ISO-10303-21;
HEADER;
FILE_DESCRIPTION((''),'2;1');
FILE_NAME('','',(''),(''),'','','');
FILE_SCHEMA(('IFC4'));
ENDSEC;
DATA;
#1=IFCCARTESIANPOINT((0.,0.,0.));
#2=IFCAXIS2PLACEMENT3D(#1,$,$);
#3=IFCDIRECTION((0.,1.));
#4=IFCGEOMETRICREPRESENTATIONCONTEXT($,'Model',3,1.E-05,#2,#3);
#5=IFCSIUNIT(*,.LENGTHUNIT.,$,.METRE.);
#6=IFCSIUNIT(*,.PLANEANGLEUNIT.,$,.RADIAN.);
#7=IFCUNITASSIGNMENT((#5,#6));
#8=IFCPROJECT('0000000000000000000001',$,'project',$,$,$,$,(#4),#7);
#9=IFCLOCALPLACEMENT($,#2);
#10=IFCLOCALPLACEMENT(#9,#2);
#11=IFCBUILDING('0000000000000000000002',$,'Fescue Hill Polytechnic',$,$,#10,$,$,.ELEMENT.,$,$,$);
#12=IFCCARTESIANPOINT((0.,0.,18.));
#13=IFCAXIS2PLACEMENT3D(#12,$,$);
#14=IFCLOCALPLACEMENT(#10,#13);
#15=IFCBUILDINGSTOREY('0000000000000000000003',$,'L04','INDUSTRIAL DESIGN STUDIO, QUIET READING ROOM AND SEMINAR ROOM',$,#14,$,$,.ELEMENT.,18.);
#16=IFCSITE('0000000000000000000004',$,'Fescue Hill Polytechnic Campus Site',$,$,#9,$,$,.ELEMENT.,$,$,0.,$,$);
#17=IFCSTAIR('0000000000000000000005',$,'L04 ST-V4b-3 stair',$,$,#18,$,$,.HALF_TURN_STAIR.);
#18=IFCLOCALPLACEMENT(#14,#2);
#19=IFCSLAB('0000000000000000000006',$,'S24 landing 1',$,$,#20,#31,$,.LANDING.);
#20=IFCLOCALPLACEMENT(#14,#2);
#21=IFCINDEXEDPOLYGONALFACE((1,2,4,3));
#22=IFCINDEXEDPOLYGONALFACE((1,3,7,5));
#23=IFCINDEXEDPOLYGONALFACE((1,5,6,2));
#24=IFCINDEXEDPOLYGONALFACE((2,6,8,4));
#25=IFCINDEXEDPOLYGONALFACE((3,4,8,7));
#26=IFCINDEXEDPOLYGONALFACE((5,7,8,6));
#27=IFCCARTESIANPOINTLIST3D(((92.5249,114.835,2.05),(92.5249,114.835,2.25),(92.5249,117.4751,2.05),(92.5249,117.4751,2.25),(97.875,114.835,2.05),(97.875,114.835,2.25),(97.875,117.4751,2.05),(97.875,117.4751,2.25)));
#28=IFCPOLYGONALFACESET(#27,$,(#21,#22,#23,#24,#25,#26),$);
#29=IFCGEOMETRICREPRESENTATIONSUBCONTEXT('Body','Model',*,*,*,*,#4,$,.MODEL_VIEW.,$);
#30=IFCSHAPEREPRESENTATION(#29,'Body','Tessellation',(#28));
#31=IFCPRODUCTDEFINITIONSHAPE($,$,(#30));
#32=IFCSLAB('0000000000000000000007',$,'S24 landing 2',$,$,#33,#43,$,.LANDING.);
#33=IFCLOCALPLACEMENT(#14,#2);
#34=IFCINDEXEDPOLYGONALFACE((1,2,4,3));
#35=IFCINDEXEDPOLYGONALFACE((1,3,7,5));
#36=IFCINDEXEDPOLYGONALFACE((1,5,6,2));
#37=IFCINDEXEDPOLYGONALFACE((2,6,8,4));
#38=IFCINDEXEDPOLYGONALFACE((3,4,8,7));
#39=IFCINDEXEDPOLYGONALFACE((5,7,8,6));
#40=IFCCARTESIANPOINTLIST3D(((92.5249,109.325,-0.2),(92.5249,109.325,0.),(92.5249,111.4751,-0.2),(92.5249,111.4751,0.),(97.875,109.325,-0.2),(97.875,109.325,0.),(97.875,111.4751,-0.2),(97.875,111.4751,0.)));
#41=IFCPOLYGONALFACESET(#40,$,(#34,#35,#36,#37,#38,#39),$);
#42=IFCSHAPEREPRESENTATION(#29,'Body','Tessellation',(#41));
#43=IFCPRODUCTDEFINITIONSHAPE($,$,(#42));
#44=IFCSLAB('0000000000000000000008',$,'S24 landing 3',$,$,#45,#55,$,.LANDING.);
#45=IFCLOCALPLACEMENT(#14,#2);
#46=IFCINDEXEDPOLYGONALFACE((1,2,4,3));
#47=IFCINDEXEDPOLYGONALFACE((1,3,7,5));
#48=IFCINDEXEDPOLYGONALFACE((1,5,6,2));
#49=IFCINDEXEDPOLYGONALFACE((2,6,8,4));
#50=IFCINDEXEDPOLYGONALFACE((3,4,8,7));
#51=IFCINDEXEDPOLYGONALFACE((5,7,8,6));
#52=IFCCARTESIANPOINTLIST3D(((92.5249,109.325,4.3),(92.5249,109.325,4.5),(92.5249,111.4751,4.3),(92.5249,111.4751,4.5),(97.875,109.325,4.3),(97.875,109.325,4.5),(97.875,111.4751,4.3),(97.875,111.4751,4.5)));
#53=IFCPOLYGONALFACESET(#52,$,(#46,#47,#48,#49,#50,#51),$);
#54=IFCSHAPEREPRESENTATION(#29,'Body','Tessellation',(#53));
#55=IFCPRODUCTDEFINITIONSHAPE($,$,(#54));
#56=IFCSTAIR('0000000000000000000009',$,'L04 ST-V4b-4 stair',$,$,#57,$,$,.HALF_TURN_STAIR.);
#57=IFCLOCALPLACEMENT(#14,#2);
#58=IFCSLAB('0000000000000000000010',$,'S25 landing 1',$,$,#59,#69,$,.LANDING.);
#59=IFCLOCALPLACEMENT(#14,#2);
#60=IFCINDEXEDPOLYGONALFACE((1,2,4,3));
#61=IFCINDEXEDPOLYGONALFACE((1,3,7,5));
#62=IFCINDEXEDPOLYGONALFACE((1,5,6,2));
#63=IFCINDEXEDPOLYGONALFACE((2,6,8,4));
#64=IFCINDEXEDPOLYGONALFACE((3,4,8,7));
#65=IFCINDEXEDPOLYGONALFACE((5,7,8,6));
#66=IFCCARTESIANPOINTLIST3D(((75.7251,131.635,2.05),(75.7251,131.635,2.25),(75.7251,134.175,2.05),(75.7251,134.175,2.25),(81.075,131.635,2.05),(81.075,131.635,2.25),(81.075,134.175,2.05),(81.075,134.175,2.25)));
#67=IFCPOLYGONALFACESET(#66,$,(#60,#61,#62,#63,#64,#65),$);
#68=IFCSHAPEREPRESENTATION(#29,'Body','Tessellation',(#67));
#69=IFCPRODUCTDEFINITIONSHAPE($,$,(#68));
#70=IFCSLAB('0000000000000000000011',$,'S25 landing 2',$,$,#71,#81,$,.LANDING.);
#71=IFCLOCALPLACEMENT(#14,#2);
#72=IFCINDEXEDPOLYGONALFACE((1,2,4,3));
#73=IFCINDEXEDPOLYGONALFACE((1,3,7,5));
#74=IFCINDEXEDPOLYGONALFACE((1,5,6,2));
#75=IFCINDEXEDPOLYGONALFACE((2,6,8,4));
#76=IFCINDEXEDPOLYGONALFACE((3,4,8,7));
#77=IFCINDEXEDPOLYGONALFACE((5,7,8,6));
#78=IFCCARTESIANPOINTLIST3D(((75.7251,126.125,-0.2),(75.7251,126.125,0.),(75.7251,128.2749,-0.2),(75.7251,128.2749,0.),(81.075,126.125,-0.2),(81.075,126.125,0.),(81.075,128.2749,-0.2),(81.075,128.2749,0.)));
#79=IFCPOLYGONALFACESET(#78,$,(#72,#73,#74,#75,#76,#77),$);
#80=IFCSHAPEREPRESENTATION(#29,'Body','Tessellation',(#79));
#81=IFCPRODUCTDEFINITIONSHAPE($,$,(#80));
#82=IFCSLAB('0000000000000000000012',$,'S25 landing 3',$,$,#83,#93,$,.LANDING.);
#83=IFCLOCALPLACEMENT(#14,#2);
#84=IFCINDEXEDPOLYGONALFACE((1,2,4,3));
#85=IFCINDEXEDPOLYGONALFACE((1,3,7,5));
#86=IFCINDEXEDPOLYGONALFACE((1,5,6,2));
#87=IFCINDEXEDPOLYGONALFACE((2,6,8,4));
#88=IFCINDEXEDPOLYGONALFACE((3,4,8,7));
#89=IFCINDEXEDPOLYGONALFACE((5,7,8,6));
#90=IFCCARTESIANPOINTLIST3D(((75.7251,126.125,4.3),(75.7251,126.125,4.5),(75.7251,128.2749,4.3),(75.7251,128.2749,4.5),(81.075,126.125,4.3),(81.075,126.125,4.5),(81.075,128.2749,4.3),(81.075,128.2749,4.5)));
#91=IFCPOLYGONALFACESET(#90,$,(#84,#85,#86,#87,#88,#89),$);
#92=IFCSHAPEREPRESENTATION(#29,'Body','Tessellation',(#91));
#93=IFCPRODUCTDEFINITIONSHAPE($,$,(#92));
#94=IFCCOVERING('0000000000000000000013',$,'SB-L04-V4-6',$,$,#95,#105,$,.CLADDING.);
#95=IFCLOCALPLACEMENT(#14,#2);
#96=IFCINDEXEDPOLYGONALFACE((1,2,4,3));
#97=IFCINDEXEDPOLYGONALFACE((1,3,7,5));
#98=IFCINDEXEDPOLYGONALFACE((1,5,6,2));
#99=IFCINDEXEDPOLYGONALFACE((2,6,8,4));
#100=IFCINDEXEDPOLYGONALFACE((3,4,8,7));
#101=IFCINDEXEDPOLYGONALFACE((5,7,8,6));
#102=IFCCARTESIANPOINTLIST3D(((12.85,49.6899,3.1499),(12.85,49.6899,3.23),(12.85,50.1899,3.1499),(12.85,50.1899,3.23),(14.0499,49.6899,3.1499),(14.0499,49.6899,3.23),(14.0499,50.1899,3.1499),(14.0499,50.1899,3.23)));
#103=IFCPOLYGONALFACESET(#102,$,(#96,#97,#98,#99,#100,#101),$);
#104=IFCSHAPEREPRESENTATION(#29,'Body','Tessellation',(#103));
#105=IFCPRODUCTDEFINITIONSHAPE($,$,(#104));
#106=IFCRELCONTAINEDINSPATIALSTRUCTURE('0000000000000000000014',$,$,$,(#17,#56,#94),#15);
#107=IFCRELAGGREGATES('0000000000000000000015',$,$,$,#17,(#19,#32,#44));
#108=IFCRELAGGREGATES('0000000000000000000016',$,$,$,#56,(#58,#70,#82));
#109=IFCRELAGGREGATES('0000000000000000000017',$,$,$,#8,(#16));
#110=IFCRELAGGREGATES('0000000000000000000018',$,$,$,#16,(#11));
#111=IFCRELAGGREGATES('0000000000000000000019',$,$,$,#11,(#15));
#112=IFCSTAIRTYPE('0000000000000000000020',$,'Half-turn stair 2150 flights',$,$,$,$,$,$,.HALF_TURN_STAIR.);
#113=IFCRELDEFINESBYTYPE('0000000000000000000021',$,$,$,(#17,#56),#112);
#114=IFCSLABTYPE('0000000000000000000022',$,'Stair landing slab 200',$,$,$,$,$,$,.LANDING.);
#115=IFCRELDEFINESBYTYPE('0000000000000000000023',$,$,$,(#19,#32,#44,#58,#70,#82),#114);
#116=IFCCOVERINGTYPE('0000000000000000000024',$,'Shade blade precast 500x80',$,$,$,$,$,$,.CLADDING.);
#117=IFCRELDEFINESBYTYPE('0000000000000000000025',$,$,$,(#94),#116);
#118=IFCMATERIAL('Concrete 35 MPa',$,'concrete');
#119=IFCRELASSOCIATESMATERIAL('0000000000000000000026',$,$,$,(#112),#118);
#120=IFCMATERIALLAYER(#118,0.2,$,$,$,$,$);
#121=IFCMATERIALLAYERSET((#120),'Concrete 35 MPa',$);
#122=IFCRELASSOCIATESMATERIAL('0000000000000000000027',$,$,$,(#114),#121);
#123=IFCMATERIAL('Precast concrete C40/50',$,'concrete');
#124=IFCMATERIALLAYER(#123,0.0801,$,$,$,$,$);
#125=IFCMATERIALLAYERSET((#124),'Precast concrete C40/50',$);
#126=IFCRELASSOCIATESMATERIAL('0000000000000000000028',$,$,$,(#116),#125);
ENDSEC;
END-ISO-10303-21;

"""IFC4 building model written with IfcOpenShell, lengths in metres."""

from ifc_helpers import new_model, si_unit, direction, frame, origin, origin_2d, place, context, subcontext, project, spatial, polyline, rectangle, outline, extrude, material, layer, layer_set, type_object, element, aggregate, save


model = new_model("IFC4")

# Units and contexts
model_context = context("Model", 3, precision=1e-05, world=origin(), true_north=direction((0.0, 1.0)))
body_context = subcontext(model_context, "Body", "Model", "MODEL_VIEW")
ifc_project = project(units=[si_unit("LENGTHUNIT", "METRE"), si_unit("PLANEANGLEUNIT", "RADIAN")], contexts=[model_context])

# Site, building, storey
site_placement = place(None, origin())
site = spatial("IfcSite", under=ifc_project, at=site_placement, Name="Fescue Hill Polytechnic Campus Site", CompositionType="ELEMENT", RefElevation=0.0)
building_placement = place(site_placement, origin())
building = spatial("IfcBuilding", under=site, at=building_placement, Name="Fescue Hill Polytechnic", CompositionType="ELEMENT")
storey_placement = place(building_placement, frame((0.0, 0.0, 18.0)))
storey = spatial("IfcBuildingStorey", under=building, at=storey_placement, Name="L04", Description="INDUSTRIAL DESIGN STUDIO, QUIET READING ROOM AND SEMINAR ROOM", CompositionType="ELEMENT", Elevation=18.0)

# Shared definitions
ifc_material_1 = material(Name="Concrete 35 MPa", Category="concrete")

# Stairs, slabs
stair_type = type_object("IfcStairType", Name="Half-turn stair 2150 flights", PredefinedType="HALF_TURN_STAIR", material=ifc_material_1)
ifc_layer_1 = layer(ifc_material_1, 0.2)
ifc_layer_set_1 = layer_set([ifc_layer_1], Name="Concrete 35 MPa")
slab_type_1 = type_object("IfcSlabType", Name="Stair landing slab 200", PredefinedType="LANDING", material=ifc_layer_set_1)
stair_1_placement = place(storey_placement, origin())
stair_1 = element("IfcStair", 1, at=stair_1_placement, inside=storey, type_object=stair_type, Name="L04 ST-V4b-3 stair", PredefinedType="HALF_TURN_STAIR")
slab_1_placement = place(storey_placement, frame((0.0, 0.0, 2.05)))
slab_1 = element("IfcSlab", 2, at=slab_1_placement, type_object=slab_type_1, Name="S24 landing 1", PredefinedType="LANDING", context=body_context, shape_type="SweptSolid", body=[
    extrude(outline(polyline([(92.5249, 114.835), (97.875, 114.835), (97.875, 117.4751), (92.5249, 117.4751), (92.5249, 114.835)])), origin(), (0.0, 0.0, 1.0), 0.2),
])
slab_2_placement = place(storey_placement, frame((0.0, 0.0, -0.2)))
slab_2 = element("IfcSlab", 3, at=slab_2_placement, type_object=slab_type_1, Name="S24 landing 2", PredefinedType="LANDING", context=body_context, shape_type="SweptSolid", body=[
    extrude(outline(polyline([(92.5249, 109.325), (97.875, 109.325), (97.875, 111.4751), (92.5249, 111.4751), (92.5249, 109.325)])), origin(), (0.0, 0.0, 1.0), 0.2),
])
slab_3_placement = place(storey_placement, frame((0.0, 0.0, 4.3)))
slab_3 = element("IfcSlab", 4, at=slab_3_placement, type_object=slab_type_1, Name="S24 landing 3", PredefinedType="LANDING", context=body_context, shape_type="SweptSolid", body=[
    extrude(outline(polyline([(92.5249, 109.325), (97.875, 109.325), (97.875, 111.4751), (92.5249, 111.4751), (92.5249, 109.325)])), origin(), (0.0, 0.0, 1.0), 0.2),
])
aggregate(stair_1, [slab_1, slab_2, slab_3])
stair_2_placement = place(storey_placement, origin())
stair_2 = element("IfcStair", 5, at=stair_2_placement, inside=storey, type_object=stair_type, Name="L04 ST-V4b-4 stair", PredefinedType="HALF_TURN_STAIR")
slab_4_placement = place(storey_placement, frame((0.0, 0.0, 2.05)))
slab_4 = element("IfcSlab", 6, at=slab_4_placement, type_object=slab_type_1, Name="S25 landing 1", PredefinedType="LANDING", context=body_context, shape_type="SweptSolid", body=[
    extrude(outline(polyline([(75.7251, 131.635), (81.075, 131.635), (81.075, 134.175), (75.7251, 134.175), (75.7251, 131.635)])), origin(), (0.0, 0.0, 1.0), 0.2),
])
slab_5_placement = place(storey_placement, frame((0.0, 0.0, -0.2)))
slab_5 = element("IfcSlab", 7, at=slab_5_placement, type_object=slab_type_1, Name="S25 landing 2", PredefinedType="LANDING", context=body_context, shape_type="SweptSolid", body=[
    extrude(outline(polyline([(75.7251, 126.125), (81.075, 126.125), (81.075, 128.2749), (75.7251, 128.2749), (75.7251, 126.125)])), origin(), (0.0, 0.0, 1.0), 0.2),
])
slab_6_placement = place(storey_placement, frame((0.0, 0.0, 4.3)))
slab_6 = element("IfcSlab", 8, at=slab_6_placement, type_object=slab_type_1, Name="S25 landing 3", PredefinedType="LANDING", context=body_context, shape_type="SweptSolid", body=[
    extrude(outline(polyline([(75.7251, 126.125), (81.075, 126.125), (81.075, 128.2749), (75.7251, 128.2749), (75.7251, 126.125)])), origin(), (0.0, 0.0, 1.0), 0.2),
])
aggregate(stair_2, [slab_4, slab_5, slab_6])

# Covering
ifc_material_2 = material(Name="Precast concrete C40/50", Category="concrete")
ifc_layer_2 = layer(ifc_material_2, 0.0801)
ifc_layer_set_2 = layer_set([ifc_layer_2], Name="Precast concrete C40/50")
covering_type = type_object("IfcCoveringType", Name="Shade blade precast 500x80", PredefinedType="CLADDING", material=ifc_layer_set_2)
covering_placement = place(storey_placement, frame((13.45, 49.9399, 3.1499), z_axis=(0.0, 0.0, 1.0), x_axis=(1.0, 0.0, 0.0)))
element("IfcCovering", 9, at=covering_placement, inside=storey, type_object=covering_type, Name="SB-L04-V4-6", PredefinedType="CLADDING", context=body_context, shape_type="SweptSolid", body=[
    extrude(rectangle(XDim=1.2, YDim=0.5, at=origin_2d()), origin(), (0.0, 0.0, 1.0), 0.0801),
])

save(model, "model.ifc")
